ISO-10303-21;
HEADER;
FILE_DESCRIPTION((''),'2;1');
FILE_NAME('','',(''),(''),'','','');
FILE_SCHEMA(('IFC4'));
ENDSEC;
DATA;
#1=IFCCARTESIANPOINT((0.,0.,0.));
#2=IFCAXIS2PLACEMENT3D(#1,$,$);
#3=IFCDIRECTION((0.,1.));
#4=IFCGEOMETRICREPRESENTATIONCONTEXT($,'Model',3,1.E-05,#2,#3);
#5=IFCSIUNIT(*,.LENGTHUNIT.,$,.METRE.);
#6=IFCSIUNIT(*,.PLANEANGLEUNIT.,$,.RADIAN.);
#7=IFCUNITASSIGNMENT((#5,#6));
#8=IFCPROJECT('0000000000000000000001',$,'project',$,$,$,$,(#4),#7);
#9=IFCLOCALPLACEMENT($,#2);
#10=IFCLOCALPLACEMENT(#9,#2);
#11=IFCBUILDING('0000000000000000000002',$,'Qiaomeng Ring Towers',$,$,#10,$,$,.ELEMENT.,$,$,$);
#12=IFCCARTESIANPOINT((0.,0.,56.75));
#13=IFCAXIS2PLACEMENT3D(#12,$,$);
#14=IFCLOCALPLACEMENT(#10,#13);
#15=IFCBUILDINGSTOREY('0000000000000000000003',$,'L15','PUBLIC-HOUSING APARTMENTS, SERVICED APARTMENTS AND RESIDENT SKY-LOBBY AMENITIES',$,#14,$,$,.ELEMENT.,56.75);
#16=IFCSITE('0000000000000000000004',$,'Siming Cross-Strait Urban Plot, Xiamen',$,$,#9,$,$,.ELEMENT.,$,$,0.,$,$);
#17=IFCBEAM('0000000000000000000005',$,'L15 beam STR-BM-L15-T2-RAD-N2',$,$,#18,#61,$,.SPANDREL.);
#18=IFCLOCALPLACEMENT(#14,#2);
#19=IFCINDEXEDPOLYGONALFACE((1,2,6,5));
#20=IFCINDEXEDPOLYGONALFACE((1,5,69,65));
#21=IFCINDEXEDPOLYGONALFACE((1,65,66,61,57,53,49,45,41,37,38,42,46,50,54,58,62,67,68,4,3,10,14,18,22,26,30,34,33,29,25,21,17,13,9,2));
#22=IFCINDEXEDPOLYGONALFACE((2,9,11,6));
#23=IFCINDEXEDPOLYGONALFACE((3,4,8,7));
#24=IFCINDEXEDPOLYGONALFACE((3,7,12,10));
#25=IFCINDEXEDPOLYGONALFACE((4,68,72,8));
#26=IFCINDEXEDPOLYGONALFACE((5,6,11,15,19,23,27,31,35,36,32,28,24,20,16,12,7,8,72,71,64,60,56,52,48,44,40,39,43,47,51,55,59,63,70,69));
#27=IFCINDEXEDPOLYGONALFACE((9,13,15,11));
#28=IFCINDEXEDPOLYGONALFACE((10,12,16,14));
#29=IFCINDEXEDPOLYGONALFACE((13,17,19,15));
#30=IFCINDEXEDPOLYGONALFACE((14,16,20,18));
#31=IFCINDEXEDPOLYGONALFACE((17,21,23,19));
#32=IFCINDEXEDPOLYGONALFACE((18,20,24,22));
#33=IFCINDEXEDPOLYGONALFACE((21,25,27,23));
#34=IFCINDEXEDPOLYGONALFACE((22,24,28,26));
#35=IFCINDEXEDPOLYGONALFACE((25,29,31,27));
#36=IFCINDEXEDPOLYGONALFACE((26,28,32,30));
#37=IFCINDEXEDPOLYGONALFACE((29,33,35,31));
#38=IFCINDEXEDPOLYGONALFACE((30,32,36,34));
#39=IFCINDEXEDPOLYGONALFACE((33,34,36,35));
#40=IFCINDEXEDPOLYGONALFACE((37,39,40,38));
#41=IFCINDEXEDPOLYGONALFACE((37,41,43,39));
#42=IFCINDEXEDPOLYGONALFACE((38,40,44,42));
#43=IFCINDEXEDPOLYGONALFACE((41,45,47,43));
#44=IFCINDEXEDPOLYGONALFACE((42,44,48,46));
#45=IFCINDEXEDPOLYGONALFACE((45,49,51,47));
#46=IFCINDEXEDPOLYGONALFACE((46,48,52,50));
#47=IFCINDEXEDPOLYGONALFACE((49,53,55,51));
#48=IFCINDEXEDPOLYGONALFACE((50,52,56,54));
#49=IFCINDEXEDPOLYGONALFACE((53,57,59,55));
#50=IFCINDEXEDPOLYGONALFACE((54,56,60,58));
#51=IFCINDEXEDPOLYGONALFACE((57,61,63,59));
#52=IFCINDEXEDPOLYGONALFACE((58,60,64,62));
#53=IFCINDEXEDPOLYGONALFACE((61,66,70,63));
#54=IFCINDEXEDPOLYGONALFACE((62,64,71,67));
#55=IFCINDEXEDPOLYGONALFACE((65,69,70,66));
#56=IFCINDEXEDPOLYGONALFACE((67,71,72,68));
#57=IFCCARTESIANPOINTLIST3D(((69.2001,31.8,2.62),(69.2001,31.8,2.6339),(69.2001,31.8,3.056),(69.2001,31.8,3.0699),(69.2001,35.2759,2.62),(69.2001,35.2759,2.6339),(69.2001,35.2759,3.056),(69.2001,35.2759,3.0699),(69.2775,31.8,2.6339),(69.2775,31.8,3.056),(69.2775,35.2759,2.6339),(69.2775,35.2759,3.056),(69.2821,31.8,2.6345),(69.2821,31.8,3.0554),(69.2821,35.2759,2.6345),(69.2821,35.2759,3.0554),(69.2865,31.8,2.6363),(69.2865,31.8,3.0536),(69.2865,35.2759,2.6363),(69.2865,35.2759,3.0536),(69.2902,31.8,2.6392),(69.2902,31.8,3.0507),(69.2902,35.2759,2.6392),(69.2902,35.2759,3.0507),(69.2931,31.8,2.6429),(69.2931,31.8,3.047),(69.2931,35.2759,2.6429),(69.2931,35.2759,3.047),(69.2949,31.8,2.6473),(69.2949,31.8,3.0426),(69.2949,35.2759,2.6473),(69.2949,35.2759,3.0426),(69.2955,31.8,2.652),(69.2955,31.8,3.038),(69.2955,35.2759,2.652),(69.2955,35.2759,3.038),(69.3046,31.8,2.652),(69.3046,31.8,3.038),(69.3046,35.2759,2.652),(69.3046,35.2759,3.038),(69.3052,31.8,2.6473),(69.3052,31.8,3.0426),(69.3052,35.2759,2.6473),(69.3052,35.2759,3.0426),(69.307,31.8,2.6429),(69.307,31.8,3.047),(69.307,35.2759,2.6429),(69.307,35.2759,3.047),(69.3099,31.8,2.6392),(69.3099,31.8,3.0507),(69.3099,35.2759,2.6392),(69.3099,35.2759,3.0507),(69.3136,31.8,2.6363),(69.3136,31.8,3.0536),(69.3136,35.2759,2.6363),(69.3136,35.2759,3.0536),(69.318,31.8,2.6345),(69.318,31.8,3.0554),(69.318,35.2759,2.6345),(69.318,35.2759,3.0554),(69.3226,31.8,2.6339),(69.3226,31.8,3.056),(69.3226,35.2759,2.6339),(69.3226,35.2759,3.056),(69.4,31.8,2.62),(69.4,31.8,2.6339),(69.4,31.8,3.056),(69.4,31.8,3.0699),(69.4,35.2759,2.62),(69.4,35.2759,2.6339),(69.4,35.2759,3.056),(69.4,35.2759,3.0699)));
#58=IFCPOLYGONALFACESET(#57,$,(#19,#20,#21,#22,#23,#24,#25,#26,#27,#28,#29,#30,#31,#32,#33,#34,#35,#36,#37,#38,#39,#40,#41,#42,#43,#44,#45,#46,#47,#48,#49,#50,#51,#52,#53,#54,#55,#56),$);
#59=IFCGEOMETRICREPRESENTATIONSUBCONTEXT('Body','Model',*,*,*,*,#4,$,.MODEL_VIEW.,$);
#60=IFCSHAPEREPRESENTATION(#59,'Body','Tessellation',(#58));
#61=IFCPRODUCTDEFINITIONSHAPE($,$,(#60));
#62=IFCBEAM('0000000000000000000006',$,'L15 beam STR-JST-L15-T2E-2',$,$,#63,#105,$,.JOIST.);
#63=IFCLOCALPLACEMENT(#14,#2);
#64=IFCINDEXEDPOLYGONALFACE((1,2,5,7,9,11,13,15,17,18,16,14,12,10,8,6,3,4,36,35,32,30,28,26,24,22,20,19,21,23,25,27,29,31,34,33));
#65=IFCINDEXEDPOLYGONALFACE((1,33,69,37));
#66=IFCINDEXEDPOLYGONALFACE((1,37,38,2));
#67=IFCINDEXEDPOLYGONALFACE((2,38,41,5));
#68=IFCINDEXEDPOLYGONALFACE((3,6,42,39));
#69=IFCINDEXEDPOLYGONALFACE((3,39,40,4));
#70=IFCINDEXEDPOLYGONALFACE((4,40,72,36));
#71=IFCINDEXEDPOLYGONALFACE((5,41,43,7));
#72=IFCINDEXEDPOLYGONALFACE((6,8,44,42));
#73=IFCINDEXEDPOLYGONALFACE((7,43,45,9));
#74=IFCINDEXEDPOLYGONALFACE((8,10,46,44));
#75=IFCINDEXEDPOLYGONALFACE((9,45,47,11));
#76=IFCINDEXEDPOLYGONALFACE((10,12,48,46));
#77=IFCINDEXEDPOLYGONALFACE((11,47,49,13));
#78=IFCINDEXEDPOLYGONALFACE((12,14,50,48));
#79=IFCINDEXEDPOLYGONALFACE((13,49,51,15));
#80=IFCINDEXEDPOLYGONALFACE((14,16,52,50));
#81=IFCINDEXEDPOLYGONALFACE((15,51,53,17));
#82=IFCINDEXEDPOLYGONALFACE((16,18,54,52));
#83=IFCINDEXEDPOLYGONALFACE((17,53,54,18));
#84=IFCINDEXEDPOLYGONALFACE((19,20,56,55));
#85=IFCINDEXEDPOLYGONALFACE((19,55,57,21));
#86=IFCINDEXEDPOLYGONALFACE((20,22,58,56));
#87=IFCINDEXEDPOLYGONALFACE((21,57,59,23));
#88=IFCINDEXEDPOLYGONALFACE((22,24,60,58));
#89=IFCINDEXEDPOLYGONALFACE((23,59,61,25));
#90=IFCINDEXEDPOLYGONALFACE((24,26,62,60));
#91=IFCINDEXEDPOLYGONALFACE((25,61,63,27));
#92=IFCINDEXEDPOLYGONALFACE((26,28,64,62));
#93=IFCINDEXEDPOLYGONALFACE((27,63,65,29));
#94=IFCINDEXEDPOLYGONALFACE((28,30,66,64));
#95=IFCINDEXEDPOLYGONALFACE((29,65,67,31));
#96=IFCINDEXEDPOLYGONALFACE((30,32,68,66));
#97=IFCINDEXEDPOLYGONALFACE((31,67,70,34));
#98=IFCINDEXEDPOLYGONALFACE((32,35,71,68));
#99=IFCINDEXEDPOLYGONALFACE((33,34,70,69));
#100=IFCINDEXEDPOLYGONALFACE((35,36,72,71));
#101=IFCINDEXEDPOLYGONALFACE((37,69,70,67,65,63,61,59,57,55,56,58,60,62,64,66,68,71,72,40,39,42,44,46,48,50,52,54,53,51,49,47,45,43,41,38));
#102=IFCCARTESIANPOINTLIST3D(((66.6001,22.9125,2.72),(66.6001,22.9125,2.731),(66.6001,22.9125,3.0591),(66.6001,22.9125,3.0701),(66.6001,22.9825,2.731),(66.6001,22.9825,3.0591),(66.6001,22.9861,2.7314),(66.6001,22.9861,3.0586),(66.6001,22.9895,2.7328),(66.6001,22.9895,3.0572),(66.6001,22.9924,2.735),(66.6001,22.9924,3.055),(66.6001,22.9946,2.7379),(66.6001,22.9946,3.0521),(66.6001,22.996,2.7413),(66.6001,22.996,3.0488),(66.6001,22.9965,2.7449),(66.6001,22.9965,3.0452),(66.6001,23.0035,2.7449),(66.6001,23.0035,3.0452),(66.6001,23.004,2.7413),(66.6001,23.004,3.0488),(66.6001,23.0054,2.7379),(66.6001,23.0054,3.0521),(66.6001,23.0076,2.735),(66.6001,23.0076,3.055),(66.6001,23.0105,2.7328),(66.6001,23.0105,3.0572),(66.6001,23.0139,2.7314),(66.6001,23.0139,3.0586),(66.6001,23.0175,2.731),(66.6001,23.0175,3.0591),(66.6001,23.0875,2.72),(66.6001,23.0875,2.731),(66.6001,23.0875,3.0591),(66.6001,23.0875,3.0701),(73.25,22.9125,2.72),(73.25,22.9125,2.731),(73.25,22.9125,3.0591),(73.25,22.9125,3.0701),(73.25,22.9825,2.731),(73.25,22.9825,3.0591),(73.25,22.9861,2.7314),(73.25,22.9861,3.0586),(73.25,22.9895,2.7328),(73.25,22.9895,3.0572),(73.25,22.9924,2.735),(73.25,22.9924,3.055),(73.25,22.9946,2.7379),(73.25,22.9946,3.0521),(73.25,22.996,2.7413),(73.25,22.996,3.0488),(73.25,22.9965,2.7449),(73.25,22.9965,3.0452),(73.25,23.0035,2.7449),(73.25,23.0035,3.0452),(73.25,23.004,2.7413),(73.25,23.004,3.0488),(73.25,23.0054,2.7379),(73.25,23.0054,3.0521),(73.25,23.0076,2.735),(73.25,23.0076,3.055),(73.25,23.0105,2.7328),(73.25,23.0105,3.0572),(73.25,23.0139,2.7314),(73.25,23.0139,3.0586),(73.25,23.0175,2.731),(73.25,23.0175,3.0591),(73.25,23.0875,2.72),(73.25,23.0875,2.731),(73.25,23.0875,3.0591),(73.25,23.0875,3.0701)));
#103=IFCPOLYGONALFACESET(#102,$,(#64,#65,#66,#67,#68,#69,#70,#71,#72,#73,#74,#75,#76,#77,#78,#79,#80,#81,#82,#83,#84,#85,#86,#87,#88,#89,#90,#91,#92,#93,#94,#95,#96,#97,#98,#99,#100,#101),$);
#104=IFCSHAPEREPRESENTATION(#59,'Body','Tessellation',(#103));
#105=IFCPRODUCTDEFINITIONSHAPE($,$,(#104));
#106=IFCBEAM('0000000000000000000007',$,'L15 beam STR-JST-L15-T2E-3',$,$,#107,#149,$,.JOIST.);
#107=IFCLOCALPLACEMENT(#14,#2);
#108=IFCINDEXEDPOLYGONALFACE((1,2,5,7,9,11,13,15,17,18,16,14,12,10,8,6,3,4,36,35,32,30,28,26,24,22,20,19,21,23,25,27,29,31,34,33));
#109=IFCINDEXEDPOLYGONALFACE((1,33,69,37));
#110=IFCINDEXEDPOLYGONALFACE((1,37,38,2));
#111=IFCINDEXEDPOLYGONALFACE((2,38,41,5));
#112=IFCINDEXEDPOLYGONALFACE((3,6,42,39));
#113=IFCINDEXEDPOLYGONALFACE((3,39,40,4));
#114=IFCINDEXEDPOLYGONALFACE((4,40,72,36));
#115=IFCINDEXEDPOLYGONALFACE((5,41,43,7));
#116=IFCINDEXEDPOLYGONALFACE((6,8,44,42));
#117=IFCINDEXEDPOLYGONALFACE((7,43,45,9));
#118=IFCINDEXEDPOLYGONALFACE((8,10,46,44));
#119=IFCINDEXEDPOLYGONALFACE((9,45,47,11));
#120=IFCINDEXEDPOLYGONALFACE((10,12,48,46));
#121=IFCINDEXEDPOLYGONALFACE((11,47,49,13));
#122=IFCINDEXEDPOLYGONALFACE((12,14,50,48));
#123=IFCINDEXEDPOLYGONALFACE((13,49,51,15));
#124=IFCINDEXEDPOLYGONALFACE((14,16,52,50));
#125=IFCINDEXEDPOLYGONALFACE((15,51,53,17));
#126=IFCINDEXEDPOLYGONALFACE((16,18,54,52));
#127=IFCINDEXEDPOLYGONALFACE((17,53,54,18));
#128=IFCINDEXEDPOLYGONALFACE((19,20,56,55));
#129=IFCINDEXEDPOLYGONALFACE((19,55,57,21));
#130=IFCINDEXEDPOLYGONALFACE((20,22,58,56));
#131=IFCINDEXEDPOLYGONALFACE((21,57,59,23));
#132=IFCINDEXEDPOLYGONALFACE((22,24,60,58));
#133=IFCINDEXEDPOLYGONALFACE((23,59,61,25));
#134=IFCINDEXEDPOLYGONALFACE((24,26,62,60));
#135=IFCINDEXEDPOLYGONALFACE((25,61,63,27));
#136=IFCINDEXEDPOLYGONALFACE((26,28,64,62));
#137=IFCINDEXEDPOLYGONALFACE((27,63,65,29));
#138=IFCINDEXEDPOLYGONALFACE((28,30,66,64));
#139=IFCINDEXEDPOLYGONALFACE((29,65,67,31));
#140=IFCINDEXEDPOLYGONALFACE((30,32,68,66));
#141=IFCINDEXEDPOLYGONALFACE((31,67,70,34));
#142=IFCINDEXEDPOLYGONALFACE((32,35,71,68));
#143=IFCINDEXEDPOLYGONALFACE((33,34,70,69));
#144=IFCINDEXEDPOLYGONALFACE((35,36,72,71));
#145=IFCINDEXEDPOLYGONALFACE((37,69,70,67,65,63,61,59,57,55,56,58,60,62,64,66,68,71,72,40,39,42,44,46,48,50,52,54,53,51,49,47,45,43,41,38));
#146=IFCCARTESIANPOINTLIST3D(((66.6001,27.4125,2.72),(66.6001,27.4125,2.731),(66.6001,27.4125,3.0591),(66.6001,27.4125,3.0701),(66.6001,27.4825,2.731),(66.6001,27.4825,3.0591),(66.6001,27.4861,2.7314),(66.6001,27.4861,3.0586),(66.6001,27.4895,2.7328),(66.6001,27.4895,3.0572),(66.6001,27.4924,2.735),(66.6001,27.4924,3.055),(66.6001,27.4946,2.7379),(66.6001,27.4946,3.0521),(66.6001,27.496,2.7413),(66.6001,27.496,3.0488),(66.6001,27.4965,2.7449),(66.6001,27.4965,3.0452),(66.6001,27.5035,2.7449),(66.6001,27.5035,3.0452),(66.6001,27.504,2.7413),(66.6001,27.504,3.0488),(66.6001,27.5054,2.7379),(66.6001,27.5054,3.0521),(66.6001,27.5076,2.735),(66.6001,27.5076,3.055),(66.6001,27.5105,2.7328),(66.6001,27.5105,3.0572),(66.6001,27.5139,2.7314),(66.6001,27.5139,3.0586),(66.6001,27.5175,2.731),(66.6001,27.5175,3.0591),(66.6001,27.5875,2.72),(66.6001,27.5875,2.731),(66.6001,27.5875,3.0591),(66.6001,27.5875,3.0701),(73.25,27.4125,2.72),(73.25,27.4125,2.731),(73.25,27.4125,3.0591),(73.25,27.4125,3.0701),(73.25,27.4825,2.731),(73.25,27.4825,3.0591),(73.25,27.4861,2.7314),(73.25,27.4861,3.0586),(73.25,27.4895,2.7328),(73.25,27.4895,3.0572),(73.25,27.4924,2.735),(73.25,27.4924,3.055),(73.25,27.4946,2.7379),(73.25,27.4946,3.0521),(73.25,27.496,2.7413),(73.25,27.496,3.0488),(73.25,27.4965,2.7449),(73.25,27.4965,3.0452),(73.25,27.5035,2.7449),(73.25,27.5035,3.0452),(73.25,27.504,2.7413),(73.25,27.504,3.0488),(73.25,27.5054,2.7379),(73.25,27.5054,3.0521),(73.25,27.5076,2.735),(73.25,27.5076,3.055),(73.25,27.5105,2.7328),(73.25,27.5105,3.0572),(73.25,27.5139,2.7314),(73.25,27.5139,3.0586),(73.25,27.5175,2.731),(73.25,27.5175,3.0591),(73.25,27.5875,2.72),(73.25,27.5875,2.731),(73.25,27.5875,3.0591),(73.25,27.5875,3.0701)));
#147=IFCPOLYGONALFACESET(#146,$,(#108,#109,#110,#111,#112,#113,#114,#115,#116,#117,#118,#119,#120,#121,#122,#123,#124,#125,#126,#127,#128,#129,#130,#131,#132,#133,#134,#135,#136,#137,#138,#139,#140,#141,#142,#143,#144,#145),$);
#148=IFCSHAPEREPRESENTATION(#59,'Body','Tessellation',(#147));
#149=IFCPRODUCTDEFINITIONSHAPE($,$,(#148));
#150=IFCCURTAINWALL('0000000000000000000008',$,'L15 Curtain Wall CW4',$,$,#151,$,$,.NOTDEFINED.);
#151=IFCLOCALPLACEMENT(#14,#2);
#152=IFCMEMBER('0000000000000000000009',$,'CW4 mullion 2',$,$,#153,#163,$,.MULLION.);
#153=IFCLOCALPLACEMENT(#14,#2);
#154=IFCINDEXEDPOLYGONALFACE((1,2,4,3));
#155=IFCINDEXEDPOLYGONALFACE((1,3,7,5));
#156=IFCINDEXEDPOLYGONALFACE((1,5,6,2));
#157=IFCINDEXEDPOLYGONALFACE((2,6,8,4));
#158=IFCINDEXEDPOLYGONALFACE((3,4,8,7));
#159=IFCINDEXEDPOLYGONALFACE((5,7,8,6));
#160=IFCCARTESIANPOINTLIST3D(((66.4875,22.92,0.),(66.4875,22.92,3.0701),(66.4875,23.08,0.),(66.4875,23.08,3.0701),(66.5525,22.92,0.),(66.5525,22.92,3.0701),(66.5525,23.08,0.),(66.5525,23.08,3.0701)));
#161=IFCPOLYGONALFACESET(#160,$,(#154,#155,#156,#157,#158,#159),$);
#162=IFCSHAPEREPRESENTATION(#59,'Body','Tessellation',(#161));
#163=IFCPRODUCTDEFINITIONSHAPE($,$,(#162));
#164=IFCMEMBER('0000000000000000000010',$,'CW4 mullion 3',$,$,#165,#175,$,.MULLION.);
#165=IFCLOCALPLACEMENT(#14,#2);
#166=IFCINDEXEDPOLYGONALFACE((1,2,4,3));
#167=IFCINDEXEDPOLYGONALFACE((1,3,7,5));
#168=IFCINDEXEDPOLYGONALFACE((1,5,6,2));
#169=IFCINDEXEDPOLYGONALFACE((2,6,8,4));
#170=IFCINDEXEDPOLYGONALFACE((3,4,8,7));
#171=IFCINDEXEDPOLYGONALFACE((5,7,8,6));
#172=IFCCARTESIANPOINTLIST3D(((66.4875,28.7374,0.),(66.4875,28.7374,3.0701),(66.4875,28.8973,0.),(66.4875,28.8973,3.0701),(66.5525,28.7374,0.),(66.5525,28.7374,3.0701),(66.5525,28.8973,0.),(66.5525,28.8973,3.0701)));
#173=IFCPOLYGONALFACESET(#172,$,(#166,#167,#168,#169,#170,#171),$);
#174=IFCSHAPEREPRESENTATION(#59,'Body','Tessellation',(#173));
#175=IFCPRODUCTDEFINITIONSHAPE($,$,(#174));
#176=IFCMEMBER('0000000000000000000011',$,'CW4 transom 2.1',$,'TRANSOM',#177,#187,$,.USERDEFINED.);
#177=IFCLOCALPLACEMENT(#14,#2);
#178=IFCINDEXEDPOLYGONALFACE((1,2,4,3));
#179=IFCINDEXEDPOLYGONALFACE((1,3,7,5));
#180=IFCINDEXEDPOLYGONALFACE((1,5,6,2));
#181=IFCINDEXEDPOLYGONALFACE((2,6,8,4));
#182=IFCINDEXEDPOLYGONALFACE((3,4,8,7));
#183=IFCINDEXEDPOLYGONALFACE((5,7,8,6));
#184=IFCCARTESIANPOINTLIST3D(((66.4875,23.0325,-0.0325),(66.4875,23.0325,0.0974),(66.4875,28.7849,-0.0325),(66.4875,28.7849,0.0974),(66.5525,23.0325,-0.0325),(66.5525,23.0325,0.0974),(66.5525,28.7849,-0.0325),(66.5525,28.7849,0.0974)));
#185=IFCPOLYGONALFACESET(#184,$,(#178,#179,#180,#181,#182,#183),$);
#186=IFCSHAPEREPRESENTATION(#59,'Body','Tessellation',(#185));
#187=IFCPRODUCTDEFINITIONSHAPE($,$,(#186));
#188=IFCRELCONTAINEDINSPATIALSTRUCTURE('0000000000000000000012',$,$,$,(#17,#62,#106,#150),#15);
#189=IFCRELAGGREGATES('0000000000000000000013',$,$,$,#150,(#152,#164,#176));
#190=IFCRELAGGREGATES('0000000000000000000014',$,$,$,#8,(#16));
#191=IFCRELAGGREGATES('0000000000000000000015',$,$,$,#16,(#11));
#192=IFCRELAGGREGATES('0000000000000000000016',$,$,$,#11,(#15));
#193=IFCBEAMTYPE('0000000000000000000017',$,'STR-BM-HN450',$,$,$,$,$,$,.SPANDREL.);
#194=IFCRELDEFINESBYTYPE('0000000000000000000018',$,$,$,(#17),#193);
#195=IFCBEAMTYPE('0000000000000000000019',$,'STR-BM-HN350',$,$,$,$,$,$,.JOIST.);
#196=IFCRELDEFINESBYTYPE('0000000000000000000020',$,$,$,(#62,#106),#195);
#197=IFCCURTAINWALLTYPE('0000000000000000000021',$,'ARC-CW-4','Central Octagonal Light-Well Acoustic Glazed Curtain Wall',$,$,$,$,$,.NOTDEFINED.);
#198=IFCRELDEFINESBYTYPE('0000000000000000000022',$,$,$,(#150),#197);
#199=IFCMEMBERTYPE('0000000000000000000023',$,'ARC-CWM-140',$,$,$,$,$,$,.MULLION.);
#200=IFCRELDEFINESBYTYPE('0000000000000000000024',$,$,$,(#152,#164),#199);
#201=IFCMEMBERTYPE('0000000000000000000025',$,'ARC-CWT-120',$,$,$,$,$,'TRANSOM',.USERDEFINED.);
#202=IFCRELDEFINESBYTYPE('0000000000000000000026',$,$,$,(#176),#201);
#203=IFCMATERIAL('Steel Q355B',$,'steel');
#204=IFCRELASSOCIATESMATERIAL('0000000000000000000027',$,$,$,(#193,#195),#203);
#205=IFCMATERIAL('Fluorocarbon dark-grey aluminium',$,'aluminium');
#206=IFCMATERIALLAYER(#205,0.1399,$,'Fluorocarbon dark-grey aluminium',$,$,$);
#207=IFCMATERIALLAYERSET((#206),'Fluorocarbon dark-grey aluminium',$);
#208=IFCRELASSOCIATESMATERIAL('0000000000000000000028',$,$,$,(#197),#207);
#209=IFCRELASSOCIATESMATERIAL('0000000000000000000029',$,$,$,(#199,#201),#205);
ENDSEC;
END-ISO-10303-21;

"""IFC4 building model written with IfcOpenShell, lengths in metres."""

from ifc_helpers import new_model, si_unit, direction, frame, origin, origin_2d, place, context, subcontext, project, spatial, rectangle, i_section, extrude, source, transform, mapped, material, layer, layer_set, material_profile, profile_set, type_object, element, aggregate, save


model = new_model("IFC4")

# Units and contexts
model_context = context("Model", 3, precision=1e-05, world=origin(), true_north=direction((0.0, 1.0)))
body_context = subcontext(model_context, "Body", "Model", "MODEL_VIEW")
ifc_project = project(units=[si_unit("LENGTHUNIT", "METRE"), si_unit("PLANEANGLEUNIT", "RADIAN")], contexts=[model_context])

# Site, building, storey
site_placement = place(None, origin())
site = spatial("IfcSite", under=ifc_project, at=site_placement, Name="Siming Cross-Strait Urban Plot, Xiamen", CompositionType="ELEMENT", RefElevation=0.0)
building_placement = place(site_placement, origin())
building = spatial("IfcBuilding", under=site, at=building_placement, Name="Qiaomeng Ring Towers", CompositionType="ELEMENT")
storey_placement = place(building_placement, frame((0.0, 0.0, 56.75)))
storey = spatial("IfcBuildingStorey", under=building, at=storey_placement, Name="L15", Description="PUBLIC-HOUSING APARTMENTS, SERVICED APARTMENTS AND RESIDENT SKY-LOBBY AMENITIES", CompositionType="ELEMENT", Elevation=56.75)

# Beams
ifc_material_1 = material(Name="Steel Q355B", Category="steel")
ifc_material_profile_1 = material_profile(ifc_material_1, i_section(OverallWidth=0.2, OverallDepth=0.45, WebThickness=0.009, FlangeThickness=0.0139, FilletRadius=0.0181, at=origin_2d()), Name="HN 450x200x9x14")
ifc_profile_set_1 = profile_set([ifc_material_profile_1], Name="Steel Q355B")
beam_type_1 = type_object("IfcBeamType", Name="STR-BM-HN450", PredefinedType="SPANDREL", material=ifc_profile_set_1)
shared_shape_1 = source(origin(), body_context, "Body", "SweptSolid", [
    extrude(i_section(OverallWidth=0.2, OverallDepth=0.45, WebThickness=0.009, FlangeThickness=0.0139, FilletRadius=0.0181, at=origin_2d()), origin(), (0.0, 0.0, 1.0), 3.4758),
])
beam_1_placement = place(storey_placement, frame((69.3, 35.2759, 2.845), z_axis=(0.0, -1.0, 0.0), x_axis=(1.0, 0.0, 0.0)))
element("IfcBeam", 1, at=beam_1_placement, inside=storey, type_object=beam_type_1, Name="L15 beam STR-BM-L15-T2-RAD-N2", PredefinedType="SPANDREL", context=body_context, shape_type="MappedRepresentation", body=[
    mapped(shared_shape_1, transform((0.0, 0.0, 0.0), x_axis=(1.0, 0.0, 0.0), y_axis=(0.0, 1.0, 0.0), z_axis=(0.0, 0.0, 1.0), scale=1.0)),
])
ifc_material_profile_2 = material_profile(ifc_material_1, i_section(OverallWidth=0.175, OverallDepth=0.3501, WebThickness=0.0071, FlangeThickness=0.011, FilletRadius=0.0139, at=origin_2d()), Name="HN 350x175x7x11")
ifc_profile_set_2 = profile_set([ifc_material_profile_2], Name="Steel Q355B")
beam_type_2 = type_object("IfcBeamType", Name="STR-BM-HN350", PredefinedType="JOIST", material=ifc_profile_set_2)
shared_shape_2 = source(origin(), body_context, "Body", "SweptSolid", [
    extrude(i_section(OverallWidth=0.175, OverallDepth=0.3501, WebThickness=0.0071, FlangeThickness=0.011, FilletRadius=0.0139, at=origin_2d()), origin(), (0.0, 0.0, 1.0), 6.6499),
])
for number, where, z_axis, x_axis, name in (
    (2, (66.6001, 23.0, 2.895), (1.0, 0.0, 0.0), (0.0, 1.0, 0.0), "L15 beam STR-JST-L15-T2E-2"),
    (3, (66.6001, 27.5, 2.895), (1.0, 0.0, 0.0), (0.0, 1.0, 0.0), "L15 beam STR-JST-L15-T2E-3"),
):
    element("IfcBeam", number, at=place(storey_placement, frame(where, z_axis=z_axis, x_axis=x_axis)), inside=storey, type_object=beam_type_2, Name=name, PredefinedType="JOIST", context=body_context, shape_type="MappedRepresentation", body=[
        mapped(shared_shape_2, transform((0.0, 0.0, 0.0), x_axis=(1.0, 0.0, 0.0), y_axis=(0.0, 1.0, 0.0), z_axis=(0.0, 0.0, 1.0), scale=1.0)),
    ])

# Curtain wall, members
ifc_material_2 = material(Name="Fluorocarbon dark-grey aluminium", Category="aluminium")
ifc_layer_1 = layer(ifc_material_2, 0.1399, Name="Fluorocarbon dark-grey aluminium")
ifc_layer_set_1 = layer_set([ifc_layer_1], Name="Fluorocarbon dark-grey aluminium")
curtain_wall_type_1 = type_object("IfcCurtainWallType", Name="ARC-CW-4", Description="Central Octagonal Light-Well Acoustic Glazed Curtain Wall", PredefinedType="NOTDEFINED", material=ifc_layer_set_1)
curtain_wall_1_placement = place(storey_placement, origin())
curtain_wall_1 = element("IfcCurtainWall", 4, at=curtain_wall_1_placement, inside=storey, type_object=curtain_wall_type_1, Name="L15 Curtain Wall CW4", PredefinedType="NOTDEFINED")
ifc_material_profile_3 = material_profile(ifc_material_2, rectangle(XDim=0.0649, YDim=0.1599, at=origin_2d()), Name="ALU MULL 65x160")
ifc_profile_set_3 = profile_set([ifc_material_profile_3], Name="Fluorocarbon dark-grey aluminium")
member_type_1 = type_object("IfcMemberType", Name="ARC-CWM-140", PredefinedType="MULLION", material=ifc_profile_set_3)
shared_shape_3 = source(origin(), body_context, "Body", "SweptSolid", [
    extrude(rectangle(XDim=0.0649, YDim=0.1599, at=origin_2d()), origin(), (0.0, 0.0, 1.0), 3.0701),
])
member_1_placement = place(storey_placement, frame((66.52, 23.0, 0.0), z_axis=(0.0, 0.0, 1.0), x_axis=(-1.0, 0.0, 0.0)))
member_1 = element("IfcMember", 5, at=member_1_placement, type_object=member_type_1, Name="CW4 mullion 2", PredefinedType="MULLION", context=body_context, shape_type="MappedRepresentation", body=[
    mapped(shared_shape_3, transform((0.0, 0.0, 0.0), x_axis=(1.0, 0.0, 0.0), y_axis=(0.0, 1.0, 0.0), z_axis=(0.0, 0.0, 1.0), scale=1.0)),
])
member_2_placement = place(storey_placement, frame((66.52, 28.8174, 0.0), z_axis=(0.0, 0.0, 1.0), x_axis=(-1.0, 0.0, 0.0)))
member_2 = element("IfcMember", 6, at=member_2_placement, type_object=member_type_1, Name="CW4 mullion 3", PredefinedType="MULLION", context=body_context, shape_type="MappedRepresentation", body=[
    mapped(shared_shape_3, transform((0.0, 0.0, 0.0), x_axis=(1.0, 0.0, 0.0), y_axis=(0.0, 1.0, 0.0), z_axis=(0.0, 0.0, 1.0), scale=1.0)),
])
ifc_material_profile_4 = material_profile(ifc_material_2, rectangle(XDim=0.0649, YDim=0.1299, at=origin_2d()), Name="ALU TRAN 65x130")
ifc_profile_set_4 = profile_set([ifc_material_profile_4], Name="Fluorocarbon dark-grey aluminium")
member_type_2 = type_object("IfcMemberType", Name="ARC-CWT-120", ElementType="TRANSOM", PredefinedType="USERDEFINED", material=ifc_profile_set_4)
shared_shape_4 = source(origin(), body_context, "Body", "SweptSolid", [
    extrude(rectangle(XDim=0.0649, YDim=0.1299, at=origin_2d()), origin(), (0.0, 0.0, 1.0), 5.7524),
])
member_3_placement = place(storey_placement, frame((66.52, 23.0325, 0.0325), z_axis=(0.0, 1.0, 0.0), x_axis=(-1.0, 0.0, 0.0)))
member_3 = element("IfcMember", 7, at=member_3_placement, type_object=member_type_2, Name="CW4 transom 2.1", ObjectType="TRANSOM", PredefinedType="USERDEFINED", context=body_context, shape_type="MappedRepresentation", body=[
    mapped(shared_shape_4, transform((0.0, 0.0, 0.0), x_axis=(1.0, 0.0, 0.0), y_axis=(0.0, 1.0, 0.0), z_axis=(0.0, 0.0, 1.0), scale=1.0)),
])

aggregate(curtain_wall_1, [member_1, member_2, member_3])

save(model, "model.ifc")
